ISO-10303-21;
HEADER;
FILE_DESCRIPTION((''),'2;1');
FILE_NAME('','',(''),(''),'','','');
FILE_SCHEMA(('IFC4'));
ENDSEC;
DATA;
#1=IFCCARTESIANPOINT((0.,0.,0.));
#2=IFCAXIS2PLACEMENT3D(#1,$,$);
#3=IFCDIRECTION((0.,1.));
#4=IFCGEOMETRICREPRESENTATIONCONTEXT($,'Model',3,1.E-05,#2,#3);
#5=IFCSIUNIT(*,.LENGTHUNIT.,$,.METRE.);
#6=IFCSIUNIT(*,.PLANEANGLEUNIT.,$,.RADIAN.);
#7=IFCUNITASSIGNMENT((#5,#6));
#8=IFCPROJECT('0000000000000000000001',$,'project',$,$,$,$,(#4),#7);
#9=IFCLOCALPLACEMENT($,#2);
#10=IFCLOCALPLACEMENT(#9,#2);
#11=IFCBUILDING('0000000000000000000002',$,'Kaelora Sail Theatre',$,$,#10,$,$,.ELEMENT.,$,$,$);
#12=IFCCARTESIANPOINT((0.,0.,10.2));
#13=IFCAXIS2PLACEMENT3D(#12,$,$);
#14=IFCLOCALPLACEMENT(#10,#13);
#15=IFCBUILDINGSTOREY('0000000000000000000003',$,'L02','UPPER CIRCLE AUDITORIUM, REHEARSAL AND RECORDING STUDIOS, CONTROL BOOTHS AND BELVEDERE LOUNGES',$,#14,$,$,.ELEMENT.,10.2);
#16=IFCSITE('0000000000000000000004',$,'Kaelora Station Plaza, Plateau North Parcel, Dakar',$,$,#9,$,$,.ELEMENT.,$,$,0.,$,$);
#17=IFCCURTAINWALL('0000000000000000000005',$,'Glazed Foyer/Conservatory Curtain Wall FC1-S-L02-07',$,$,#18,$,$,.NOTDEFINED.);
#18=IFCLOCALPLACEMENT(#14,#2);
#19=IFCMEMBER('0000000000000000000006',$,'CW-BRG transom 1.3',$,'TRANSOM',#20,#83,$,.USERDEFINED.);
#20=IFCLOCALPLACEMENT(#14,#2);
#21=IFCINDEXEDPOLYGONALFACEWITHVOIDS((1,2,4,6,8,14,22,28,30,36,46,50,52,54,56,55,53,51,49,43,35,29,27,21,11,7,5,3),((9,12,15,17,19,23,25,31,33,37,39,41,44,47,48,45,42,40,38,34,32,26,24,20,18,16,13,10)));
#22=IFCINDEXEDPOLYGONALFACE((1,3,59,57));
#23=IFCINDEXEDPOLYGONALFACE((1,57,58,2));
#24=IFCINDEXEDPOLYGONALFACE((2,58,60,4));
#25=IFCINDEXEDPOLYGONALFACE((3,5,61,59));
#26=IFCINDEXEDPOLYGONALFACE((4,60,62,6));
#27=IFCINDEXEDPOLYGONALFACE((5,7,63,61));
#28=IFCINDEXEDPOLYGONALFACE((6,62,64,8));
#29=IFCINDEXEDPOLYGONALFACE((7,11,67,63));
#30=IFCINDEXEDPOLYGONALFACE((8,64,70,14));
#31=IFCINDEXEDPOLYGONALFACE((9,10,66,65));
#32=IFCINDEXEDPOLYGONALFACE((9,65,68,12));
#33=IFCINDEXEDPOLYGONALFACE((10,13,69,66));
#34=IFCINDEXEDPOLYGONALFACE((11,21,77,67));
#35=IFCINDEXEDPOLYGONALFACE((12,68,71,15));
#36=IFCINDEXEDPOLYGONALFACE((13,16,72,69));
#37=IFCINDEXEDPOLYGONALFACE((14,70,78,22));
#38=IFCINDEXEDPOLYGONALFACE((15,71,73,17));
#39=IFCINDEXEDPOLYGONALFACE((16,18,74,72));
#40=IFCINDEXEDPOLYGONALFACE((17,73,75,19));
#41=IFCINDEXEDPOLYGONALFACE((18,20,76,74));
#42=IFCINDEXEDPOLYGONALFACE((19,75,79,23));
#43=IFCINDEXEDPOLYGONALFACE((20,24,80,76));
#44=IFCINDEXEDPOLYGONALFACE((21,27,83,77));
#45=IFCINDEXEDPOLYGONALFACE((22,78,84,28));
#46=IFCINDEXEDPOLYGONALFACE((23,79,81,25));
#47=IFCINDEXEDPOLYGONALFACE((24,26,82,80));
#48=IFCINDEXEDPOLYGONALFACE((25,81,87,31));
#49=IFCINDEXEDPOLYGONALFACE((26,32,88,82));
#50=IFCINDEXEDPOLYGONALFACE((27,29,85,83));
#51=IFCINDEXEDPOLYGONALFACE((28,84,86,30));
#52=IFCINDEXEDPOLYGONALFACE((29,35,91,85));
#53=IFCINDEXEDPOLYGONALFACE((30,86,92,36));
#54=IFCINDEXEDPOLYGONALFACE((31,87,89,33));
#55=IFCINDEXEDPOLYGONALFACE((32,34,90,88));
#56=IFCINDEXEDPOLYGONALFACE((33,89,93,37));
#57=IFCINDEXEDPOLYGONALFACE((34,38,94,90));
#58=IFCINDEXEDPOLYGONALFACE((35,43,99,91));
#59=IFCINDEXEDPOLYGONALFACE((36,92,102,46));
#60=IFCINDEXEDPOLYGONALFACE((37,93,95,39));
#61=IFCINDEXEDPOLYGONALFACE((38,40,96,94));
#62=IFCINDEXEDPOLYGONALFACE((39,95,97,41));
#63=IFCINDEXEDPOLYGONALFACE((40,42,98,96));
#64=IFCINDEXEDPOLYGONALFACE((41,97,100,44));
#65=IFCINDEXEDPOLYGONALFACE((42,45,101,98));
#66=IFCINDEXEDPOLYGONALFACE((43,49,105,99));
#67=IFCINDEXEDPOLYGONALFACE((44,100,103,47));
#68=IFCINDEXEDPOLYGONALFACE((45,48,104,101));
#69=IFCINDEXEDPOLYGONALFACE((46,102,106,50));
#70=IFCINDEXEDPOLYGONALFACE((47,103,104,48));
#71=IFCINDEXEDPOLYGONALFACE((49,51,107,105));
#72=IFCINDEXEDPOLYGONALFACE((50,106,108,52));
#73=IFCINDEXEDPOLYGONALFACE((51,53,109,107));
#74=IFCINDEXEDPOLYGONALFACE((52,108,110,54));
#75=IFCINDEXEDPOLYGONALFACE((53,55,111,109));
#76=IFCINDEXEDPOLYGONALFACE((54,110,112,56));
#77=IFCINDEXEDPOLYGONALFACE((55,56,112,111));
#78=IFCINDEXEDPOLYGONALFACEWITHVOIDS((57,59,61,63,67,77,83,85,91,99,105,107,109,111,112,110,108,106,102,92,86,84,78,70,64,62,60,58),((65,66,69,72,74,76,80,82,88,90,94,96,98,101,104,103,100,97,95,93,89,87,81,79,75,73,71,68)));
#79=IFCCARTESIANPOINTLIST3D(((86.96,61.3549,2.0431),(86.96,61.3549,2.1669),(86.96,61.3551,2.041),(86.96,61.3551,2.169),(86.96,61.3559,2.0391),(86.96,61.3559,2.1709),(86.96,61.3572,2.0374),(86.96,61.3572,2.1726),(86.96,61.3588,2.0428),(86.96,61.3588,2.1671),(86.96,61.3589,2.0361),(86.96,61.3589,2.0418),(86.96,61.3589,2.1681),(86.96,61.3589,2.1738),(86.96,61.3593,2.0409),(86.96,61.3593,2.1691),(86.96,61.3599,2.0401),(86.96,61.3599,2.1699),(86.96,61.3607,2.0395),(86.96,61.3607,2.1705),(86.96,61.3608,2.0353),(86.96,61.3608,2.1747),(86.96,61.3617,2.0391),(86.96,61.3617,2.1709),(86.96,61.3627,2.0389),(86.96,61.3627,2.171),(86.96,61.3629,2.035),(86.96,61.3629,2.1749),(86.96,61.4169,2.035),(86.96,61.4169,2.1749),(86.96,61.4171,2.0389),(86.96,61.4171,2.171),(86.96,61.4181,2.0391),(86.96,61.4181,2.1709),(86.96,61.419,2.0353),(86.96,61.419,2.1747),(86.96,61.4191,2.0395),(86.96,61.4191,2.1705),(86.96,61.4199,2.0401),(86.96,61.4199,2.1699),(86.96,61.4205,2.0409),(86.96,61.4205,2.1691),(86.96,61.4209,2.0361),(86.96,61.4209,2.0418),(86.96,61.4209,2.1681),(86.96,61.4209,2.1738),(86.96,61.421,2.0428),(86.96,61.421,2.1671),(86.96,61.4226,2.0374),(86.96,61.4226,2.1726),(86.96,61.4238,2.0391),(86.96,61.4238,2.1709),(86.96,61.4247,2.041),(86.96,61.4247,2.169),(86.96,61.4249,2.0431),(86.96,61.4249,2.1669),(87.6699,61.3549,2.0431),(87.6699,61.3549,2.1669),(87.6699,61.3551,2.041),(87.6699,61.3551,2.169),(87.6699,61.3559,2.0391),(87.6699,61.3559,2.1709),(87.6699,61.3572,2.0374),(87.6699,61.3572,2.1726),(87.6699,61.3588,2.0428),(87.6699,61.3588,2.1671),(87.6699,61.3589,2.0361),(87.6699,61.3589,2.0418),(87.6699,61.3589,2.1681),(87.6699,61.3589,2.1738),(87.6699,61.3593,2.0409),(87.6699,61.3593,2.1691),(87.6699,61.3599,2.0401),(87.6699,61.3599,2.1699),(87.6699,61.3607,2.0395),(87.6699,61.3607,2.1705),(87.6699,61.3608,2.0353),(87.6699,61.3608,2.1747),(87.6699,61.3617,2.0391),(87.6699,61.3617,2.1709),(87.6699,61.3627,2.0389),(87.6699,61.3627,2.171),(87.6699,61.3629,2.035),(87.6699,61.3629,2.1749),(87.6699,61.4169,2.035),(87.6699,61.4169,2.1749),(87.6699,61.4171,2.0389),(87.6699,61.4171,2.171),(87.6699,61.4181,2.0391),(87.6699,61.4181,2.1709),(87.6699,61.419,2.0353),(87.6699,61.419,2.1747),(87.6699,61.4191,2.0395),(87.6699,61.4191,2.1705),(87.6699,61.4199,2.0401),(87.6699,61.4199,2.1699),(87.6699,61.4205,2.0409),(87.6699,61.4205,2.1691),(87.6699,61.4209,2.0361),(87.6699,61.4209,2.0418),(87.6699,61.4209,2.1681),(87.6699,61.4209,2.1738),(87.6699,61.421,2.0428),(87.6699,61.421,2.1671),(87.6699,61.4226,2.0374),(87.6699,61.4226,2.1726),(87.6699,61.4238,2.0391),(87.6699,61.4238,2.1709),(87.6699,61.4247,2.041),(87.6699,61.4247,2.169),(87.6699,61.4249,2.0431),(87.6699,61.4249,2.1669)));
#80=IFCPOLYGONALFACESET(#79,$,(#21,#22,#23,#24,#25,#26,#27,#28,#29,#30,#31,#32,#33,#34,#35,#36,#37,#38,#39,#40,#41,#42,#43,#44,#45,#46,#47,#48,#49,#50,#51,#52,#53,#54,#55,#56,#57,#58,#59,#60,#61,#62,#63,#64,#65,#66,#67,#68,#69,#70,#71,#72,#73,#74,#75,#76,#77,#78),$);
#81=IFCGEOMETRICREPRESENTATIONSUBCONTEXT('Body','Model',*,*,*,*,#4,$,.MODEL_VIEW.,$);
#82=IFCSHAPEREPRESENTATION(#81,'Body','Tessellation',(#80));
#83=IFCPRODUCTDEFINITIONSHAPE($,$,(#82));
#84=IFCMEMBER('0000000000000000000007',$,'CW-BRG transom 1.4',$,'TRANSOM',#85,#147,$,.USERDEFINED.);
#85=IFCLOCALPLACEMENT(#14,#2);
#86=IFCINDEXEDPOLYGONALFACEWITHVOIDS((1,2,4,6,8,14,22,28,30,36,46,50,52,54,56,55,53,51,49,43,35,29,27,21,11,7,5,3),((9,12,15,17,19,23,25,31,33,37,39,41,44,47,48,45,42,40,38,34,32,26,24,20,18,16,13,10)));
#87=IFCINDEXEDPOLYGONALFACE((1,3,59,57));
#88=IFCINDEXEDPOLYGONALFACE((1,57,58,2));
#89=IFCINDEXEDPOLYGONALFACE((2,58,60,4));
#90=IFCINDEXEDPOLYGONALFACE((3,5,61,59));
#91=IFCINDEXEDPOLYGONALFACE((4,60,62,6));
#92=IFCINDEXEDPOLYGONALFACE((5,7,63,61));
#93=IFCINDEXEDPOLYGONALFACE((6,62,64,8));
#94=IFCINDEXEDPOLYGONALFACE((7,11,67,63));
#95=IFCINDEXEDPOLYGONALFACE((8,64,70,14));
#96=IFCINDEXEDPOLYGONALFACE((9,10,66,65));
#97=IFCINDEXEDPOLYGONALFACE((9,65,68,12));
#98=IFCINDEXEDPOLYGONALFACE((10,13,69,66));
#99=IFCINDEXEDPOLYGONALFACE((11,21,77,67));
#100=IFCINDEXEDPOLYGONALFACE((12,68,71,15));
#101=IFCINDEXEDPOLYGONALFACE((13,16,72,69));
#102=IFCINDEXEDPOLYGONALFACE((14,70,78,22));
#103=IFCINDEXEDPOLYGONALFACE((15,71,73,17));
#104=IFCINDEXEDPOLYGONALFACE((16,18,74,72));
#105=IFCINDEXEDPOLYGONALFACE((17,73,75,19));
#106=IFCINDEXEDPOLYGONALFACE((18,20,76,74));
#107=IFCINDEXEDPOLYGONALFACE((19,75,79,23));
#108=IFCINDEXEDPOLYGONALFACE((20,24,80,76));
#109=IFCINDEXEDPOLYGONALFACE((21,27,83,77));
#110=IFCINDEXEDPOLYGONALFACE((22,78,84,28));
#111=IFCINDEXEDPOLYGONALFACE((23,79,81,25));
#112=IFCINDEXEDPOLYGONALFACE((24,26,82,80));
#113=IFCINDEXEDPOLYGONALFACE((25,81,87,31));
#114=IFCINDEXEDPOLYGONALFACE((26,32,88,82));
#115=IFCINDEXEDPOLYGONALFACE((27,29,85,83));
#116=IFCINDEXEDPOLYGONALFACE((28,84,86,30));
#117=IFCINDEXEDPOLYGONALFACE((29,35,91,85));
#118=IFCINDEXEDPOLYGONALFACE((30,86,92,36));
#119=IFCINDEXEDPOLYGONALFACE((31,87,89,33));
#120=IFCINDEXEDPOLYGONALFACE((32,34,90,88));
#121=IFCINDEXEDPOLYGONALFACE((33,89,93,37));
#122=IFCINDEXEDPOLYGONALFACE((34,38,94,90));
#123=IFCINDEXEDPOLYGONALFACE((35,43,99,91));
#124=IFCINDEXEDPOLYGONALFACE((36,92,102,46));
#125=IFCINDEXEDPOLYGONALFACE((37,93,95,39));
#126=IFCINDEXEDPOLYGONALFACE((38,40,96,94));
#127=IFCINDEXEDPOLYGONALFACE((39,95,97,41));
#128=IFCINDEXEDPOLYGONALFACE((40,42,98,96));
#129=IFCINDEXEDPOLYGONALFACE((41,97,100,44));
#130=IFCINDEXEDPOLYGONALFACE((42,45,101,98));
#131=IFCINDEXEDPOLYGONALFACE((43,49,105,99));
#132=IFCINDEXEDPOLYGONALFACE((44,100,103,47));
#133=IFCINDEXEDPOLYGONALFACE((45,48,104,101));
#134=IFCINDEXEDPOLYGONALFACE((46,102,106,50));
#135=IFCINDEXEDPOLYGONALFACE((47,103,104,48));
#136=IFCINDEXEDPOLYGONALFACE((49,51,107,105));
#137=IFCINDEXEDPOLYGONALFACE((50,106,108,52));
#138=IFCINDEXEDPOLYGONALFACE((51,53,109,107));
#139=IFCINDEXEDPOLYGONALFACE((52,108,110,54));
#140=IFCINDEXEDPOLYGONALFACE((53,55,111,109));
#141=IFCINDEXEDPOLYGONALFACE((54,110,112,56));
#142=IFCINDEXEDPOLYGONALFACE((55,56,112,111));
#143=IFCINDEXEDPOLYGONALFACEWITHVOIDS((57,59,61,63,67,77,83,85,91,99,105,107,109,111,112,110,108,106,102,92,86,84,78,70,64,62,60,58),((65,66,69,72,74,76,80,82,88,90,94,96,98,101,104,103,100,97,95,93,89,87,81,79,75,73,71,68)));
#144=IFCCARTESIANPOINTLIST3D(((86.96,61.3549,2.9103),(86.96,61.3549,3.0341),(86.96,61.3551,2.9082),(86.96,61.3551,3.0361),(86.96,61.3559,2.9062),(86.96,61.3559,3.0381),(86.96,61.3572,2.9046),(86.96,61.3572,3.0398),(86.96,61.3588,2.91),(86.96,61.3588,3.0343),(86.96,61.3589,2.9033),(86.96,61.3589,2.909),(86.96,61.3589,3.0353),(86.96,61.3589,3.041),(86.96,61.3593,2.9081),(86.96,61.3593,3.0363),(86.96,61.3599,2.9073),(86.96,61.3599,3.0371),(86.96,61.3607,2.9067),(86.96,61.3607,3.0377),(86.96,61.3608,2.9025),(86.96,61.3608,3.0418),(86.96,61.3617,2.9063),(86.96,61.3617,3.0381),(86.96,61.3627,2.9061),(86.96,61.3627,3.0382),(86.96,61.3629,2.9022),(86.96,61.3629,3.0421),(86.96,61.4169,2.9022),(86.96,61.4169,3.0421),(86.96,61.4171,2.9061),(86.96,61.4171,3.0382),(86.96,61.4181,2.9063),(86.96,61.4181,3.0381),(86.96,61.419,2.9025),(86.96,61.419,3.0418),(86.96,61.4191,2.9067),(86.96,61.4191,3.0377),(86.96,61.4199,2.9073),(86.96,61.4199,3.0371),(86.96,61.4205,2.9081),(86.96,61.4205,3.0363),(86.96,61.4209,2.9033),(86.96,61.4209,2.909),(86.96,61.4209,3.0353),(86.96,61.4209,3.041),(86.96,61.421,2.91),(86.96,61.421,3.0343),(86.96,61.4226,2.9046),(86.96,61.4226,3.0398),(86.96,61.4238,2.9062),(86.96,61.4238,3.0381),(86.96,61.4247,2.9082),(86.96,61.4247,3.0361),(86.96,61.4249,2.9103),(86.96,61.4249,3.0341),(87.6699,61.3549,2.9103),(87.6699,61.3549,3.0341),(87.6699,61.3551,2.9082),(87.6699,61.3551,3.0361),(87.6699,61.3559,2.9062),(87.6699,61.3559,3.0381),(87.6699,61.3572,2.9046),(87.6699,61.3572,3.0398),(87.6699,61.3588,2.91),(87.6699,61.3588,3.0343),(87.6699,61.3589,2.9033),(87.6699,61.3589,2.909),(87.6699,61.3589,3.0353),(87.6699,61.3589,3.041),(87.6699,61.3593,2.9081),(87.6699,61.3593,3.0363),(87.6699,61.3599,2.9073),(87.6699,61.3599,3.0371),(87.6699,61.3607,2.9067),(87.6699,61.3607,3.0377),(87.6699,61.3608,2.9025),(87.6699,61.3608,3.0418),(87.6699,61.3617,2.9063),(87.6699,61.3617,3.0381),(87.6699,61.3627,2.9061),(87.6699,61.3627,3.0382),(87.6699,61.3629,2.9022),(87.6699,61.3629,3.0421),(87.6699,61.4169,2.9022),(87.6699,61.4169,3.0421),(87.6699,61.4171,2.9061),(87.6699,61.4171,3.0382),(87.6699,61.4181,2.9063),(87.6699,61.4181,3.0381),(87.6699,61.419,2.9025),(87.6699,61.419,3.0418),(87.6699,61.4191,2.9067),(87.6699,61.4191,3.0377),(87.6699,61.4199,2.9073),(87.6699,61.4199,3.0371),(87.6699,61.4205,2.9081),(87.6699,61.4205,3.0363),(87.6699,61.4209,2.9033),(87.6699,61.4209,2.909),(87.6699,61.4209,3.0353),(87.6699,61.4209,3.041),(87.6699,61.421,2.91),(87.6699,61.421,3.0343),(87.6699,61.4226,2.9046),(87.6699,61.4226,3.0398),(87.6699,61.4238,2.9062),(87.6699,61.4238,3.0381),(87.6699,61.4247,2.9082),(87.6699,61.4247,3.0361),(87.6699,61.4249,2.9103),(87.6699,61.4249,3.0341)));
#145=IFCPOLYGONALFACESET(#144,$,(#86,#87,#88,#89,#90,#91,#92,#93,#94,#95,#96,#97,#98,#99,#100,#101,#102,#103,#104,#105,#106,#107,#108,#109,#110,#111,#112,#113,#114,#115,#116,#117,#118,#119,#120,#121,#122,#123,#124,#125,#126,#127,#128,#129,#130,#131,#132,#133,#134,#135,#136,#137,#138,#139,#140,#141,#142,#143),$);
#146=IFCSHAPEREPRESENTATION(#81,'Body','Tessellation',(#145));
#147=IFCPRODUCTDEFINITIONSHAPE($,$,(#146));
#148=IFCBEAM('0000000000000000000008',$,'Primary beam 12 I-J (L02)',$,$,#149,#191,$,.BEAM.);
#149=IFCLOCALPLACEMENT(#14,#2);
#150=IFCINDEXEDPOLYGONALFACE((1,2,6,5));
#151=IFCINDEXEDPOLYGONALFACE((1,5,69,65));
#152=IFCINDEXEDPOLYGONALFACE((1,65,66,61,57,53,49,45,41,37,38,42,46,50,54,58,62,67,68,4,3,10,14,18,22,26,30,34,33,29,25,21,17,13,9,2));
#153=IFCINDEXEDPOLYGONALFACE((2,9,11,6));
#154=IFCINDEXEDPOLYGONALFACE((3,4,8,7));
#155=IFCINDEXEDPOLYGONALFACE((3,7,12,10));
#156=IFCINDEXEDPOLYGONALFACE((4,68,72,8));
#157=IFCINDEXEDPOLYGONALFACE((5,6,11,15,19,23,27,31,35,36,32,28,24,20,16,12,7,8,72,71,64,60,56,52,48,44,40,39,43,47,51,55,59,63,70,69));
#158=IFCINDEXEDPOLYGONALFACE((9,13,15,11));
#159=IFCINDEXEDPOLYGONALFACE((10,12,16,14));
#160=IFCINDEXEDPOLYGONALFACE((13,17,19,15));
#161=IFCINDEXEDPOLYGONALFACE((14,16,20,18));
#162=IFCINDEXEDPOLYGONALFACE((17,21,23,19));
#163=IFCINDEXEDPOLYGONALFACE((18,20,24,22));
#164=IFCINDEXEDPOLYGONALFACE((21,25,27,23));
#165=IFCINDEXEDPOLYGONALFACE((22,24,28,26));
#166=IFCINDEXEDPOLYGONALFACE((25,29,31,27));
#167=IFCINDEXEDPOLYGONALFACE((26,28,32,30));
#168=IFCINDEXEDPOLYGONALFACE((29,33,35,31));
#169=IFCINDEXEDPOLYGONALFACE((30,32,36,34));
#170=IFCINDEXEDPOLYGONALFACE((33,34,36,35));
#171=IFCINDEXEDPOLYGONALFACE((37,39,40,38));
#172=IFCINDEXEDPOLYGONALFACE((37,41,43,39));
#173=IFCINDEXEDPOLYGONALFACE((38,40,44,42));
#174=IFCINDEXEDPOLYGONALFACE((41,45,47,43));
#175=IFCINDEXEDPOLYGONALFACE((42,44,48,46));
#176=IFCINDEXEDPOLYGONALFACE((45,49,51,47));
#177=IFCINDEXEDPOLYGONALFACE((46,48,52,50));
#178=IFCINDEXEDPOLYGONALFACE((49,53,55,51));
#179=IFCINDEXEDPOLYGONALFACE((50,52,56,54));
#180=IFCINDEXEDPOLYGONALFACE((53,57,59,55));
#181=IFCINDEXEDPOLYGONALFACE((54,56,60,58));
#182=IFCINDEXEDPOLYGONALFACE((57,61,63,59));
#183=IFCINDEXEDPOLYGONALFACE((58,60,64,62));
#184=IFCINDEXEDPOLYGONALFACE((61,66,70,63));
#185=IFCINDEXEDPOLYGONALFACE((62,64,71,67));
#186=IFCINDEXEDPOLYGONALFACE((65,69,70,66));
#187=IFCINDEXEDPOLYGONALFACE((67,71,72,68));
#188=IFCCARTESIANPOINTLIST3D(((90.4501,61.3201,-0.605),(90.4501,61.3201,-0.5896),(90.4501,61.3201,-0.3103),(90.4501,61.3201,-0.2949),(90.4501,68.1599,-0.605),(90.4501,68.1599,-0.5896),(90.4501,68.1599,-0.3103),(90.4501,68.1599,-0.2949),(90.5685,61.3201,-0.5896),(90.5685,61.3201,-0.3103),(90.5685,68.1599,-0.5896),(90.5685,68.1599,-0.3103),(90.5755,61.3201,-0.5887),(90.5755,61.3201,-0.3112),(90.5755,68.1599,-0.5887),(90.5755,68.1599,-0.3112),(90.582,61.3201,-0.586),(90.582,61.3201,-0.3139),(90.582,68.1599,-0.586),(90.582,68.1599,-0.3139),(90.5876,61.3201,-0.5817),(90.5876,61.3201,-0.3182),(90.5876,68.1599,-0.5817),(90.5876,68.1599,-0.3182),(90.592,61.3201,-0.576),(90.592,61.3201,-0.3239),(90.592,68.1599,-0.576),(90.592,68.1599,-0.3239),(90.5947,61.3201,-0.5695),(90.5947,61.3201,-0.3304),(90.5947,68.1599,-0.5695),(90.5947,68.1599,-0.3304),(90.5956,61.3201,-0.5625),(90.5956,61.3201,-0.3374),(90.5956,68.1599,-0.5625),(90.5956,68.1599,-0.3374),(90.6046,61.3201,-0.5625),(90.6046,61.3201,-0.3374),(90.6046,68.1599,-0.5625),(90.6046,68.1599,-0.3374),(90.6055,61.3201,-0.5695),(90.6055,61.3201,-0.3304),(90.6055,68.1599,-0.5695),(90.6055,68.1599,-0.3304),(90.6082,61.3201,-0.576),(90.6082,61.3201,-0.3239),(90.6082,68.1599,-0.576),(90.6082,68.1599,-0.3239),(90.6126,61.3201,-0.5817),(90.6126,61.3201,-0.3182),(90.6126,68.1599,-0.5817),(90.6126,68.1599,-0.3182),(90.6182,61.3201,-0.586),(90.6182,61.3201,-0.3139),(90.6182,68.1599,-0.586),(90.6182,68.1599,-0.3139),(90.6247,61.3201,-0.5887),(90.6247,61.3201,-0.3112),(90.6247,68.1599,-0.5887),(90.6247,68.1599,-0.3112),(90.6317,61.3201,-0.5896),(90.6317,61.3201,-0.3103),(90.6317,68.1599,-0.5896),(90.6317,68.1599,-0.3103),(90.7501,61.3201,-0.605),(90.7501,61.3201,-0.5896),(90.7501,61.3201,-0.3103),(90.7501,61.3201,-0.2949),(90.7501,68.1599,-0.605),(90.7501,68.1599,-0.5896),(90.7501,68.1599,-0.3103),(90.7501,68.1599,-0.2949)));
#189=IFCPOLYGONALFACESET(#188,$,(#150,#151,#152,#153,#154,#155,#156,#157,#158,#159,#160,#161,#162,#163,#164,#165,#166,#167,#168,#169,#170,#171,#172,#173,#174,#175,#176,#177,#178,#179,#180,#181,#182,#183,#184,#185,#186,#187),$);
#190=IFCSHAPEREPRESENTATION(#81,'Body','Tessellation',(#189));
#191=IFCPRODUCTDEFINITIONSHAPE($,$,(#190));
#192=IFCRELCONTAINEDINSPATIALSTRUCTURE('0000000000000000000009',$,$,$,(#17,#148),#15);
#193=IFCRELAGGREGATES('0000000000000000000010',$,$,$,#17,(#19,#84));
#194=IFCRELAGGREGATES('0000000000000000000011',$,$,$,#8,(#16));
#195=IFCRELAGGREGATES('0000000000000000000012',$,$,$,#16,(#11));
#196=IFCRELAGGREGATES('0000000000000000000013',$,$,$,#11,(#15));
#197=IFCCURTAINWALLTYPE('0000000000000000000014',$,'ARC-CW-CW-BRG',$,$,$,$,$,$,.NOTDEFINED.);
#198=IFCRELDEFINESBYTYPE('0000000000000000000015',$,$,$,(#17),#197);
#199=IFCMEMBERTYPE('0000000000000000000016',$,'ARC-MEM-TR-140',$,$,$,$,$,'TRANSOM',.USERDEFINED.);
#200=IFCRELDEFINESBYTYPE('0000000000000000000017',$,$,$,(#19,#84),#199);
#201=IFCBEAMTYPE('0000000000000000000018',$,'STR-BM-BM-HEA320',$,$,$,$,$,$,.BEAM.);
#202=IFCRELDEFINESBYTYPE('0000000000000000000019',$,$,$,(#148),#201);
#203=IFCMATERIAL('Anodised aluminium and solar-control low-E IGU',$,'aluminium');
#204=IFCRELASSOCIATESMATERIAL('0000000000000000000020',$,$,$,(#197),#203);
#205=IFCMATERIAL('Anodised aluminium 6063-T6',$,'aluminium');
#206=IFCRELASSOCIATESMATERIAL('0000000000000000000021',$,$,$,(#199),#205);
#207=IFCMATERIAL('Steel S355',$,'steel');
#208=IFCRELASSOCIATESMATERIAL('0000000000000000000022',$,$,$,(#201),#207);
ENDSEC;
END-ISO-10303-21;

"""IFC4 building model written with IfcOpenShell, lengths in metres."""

from ifc_helpers import new_model, si_unit, direction, frame, origin, origin_2d, place, context, subcontext, project, spatial, hollow_rectangle, i_section, extrude, material, material_profile, profile_set, type_object, element, aggregate, save


model = new_model("IFC4")

# Units and contexts
model_context = context("Model", 3, precision=1e-05, world=origin(), true_north=direction((0.0, 1.0)))
body_context = subcontext(model_context, "Body", "Model", "MODEL_VIEW")
ifc_project = project(units=[si_unit("LENGTHUNIT", "METRE"), si_unit("PLANEANGLEUNIT", "RADIAN")], contexts=[model_context])

# Site, building, storey
site_placement = place(None, origin())
site = spatial("IfcSite", under=ifc_project, at=site_placement, Name="Kaelora Station Plaza, Plateau North Parcel, Dakar", CompositionType="ELEMENT", RefElevation=0.0)
building_placement = place(site_placement, origin())
building = spatial("IfcBuilding", under=site, at=building_placement, Name="Kaelora Sail Theatre", CompositionType="ELEMENT")
storey_placement = place(building_placement, frame((0.0, 0.0, 10.2)))
storey = spatial("IfcBuildingStorey", under=building, at=storey_placement, Name="L02", Description="UPPER CIRCLE AUDITORIUM, REHEARSAL AND RECORDING STUDIOS, CONTROL BOOTHS AND BELVEDERE LOUNGES", CompositionType="ELEMENT", Elevation=10.2)

# Shared definitions
ifc_material_1 = material(Name="Anodised aluminium and solar-control low-E IGU", Category="aluminium")
curtain_wall_type = type_object("IfcCurtainWallType", Name="ARC-CW-CW-BRG", PredefinedType="NOTDEFINED", material=ifc_material_1)

# Curtain wall
curtain_wall_1_placement = place(storey_placement, origin())
curtain_wall_1 = element("IfcCurtainWall", 1, at=curtain_wall_1_placement, inside=storey, type_object=curtain_wall_type, Name="Glazed Foyer/Conservatory Curtain Wall FC1-S-L02-07", PredefinedType="NOTDEFINED")

# Members
ifc_material_2 = material(Name="Anodised aluminium 6063-T6", Category="aluminium")
ifc_material_profile_1 = material_profile(ifc_material_2, hollow_rectangle(XDim=0.0701, YDim=0.1399, WallThickness=0.0039, InnerFilletRadius=0.0039, OuterFilletRadius=0.0081, at=origin_2d()), Name="ALU-TRAN 70x140x4")
ifc_profile_set_1 = profile_set([ifc_material_profile_1], Name="Anodised aluminium 6063-T6")
member_type_1 = type_object("IfcMemberType", Name="ARC-MEM-TR-140", ElementType="TRANSOM", PredefinedType="USERDEFINED", material=ifc_profile_set_1)
member_1_placement = place(storey_placement, frame((86.96, 61.3899, 2.105), z_axis=(1.0, 0.0, 0.0), x_axis=(0.0, 1.0, 0.0)))
member_1 = element("IfcMember", 2, at=member_1_placement, type_object=member_type_1, Name="CW-BRG transom 1.3", ObjectType="TRANSOM", PredefinedType="USERDEFINED", context=body_context, shape_type="SweptSolid", body=[
    extrude(hollow_rectangle(XDim=0.0701, YDim=0.1399, WallThickness=0.0039, InnerFilletRadius=0.0039, OuterFilletRadius=0.0081, at=origin_2d()), origin(), (0.0, 0.0, 1.0), 0.71),
])
member_2_placement = place(storey_placement, frame((86.96, 61.3899, 2.9722), z_axis=(1.0, 0.0, 0.0), x_axis=(0.0, 1.0, 0.0)))
member_2 = element("IfcMember", 3, at=member_2_placement, type_object=member_type_1, Name="CW-BRG transom 1.4", ObjectType="TRANSOM", PredefinedType="USERDEFINED", context=body_context, shape_type="SweptSolid", body=[
    extrude(hollow_rectangle(XDim=0.0701, YDim=0.1399, WallThickness=0.0039, InnerFilletRadius=0.0039, OuterFilletRadius=0.0081, at=origin_2d()), origin(), (0.0, 0.0, 1.0), 0.71),
])

# Beam
ifc_material_3 = material(Name="Steel S355", Category="steel")
ifc_material_profile_2 = material_profile(ifc_material_3, i_section(OverallWidth=0.3, OverallDepth=0.3101, WebThickness=0.009, FlangeThickness=0.0154, FilletRadius=0.0271, at=origin_2d()), Name="HEA 320")
ifc_profile_set_2 = profile_set([ifc_material_profile_2], Name="Steel S355")
beam_type_1 = type_object("IfcBeamType", Name="STR-BM-BM-HEA320", PredefinedType="BEAM", material=ifc_profile_set_2)
beam_1_placement = place(storey_placement, frame((90.6001, 61.3201, -0.45), z_axis=(0.0, 1.0, 0.0), x_axis=(-1.0, 0.0, 0.0)))
element("IfcBeam", 4, at=beam_1_placement, inside=storey, type_object=beam_type_1, Name="Primary beam 12 I-J (L02)", PredefinedType="BEAM", context=body_context, shape_type="SweptSolid", body=[
    extrude(i_section(OverallWidth=0.3, OverallDepth=0.3101, WebThickness=0.009, FlangeThickness=0.0154, FilletRadius=0.0271, at=origin_2d()), origin(), (0.0, 0.0, 1.0), 6.8398),
])

aggregate(curtain_wall_1, [member_1, member_2])

save(model, "model.ifc")
